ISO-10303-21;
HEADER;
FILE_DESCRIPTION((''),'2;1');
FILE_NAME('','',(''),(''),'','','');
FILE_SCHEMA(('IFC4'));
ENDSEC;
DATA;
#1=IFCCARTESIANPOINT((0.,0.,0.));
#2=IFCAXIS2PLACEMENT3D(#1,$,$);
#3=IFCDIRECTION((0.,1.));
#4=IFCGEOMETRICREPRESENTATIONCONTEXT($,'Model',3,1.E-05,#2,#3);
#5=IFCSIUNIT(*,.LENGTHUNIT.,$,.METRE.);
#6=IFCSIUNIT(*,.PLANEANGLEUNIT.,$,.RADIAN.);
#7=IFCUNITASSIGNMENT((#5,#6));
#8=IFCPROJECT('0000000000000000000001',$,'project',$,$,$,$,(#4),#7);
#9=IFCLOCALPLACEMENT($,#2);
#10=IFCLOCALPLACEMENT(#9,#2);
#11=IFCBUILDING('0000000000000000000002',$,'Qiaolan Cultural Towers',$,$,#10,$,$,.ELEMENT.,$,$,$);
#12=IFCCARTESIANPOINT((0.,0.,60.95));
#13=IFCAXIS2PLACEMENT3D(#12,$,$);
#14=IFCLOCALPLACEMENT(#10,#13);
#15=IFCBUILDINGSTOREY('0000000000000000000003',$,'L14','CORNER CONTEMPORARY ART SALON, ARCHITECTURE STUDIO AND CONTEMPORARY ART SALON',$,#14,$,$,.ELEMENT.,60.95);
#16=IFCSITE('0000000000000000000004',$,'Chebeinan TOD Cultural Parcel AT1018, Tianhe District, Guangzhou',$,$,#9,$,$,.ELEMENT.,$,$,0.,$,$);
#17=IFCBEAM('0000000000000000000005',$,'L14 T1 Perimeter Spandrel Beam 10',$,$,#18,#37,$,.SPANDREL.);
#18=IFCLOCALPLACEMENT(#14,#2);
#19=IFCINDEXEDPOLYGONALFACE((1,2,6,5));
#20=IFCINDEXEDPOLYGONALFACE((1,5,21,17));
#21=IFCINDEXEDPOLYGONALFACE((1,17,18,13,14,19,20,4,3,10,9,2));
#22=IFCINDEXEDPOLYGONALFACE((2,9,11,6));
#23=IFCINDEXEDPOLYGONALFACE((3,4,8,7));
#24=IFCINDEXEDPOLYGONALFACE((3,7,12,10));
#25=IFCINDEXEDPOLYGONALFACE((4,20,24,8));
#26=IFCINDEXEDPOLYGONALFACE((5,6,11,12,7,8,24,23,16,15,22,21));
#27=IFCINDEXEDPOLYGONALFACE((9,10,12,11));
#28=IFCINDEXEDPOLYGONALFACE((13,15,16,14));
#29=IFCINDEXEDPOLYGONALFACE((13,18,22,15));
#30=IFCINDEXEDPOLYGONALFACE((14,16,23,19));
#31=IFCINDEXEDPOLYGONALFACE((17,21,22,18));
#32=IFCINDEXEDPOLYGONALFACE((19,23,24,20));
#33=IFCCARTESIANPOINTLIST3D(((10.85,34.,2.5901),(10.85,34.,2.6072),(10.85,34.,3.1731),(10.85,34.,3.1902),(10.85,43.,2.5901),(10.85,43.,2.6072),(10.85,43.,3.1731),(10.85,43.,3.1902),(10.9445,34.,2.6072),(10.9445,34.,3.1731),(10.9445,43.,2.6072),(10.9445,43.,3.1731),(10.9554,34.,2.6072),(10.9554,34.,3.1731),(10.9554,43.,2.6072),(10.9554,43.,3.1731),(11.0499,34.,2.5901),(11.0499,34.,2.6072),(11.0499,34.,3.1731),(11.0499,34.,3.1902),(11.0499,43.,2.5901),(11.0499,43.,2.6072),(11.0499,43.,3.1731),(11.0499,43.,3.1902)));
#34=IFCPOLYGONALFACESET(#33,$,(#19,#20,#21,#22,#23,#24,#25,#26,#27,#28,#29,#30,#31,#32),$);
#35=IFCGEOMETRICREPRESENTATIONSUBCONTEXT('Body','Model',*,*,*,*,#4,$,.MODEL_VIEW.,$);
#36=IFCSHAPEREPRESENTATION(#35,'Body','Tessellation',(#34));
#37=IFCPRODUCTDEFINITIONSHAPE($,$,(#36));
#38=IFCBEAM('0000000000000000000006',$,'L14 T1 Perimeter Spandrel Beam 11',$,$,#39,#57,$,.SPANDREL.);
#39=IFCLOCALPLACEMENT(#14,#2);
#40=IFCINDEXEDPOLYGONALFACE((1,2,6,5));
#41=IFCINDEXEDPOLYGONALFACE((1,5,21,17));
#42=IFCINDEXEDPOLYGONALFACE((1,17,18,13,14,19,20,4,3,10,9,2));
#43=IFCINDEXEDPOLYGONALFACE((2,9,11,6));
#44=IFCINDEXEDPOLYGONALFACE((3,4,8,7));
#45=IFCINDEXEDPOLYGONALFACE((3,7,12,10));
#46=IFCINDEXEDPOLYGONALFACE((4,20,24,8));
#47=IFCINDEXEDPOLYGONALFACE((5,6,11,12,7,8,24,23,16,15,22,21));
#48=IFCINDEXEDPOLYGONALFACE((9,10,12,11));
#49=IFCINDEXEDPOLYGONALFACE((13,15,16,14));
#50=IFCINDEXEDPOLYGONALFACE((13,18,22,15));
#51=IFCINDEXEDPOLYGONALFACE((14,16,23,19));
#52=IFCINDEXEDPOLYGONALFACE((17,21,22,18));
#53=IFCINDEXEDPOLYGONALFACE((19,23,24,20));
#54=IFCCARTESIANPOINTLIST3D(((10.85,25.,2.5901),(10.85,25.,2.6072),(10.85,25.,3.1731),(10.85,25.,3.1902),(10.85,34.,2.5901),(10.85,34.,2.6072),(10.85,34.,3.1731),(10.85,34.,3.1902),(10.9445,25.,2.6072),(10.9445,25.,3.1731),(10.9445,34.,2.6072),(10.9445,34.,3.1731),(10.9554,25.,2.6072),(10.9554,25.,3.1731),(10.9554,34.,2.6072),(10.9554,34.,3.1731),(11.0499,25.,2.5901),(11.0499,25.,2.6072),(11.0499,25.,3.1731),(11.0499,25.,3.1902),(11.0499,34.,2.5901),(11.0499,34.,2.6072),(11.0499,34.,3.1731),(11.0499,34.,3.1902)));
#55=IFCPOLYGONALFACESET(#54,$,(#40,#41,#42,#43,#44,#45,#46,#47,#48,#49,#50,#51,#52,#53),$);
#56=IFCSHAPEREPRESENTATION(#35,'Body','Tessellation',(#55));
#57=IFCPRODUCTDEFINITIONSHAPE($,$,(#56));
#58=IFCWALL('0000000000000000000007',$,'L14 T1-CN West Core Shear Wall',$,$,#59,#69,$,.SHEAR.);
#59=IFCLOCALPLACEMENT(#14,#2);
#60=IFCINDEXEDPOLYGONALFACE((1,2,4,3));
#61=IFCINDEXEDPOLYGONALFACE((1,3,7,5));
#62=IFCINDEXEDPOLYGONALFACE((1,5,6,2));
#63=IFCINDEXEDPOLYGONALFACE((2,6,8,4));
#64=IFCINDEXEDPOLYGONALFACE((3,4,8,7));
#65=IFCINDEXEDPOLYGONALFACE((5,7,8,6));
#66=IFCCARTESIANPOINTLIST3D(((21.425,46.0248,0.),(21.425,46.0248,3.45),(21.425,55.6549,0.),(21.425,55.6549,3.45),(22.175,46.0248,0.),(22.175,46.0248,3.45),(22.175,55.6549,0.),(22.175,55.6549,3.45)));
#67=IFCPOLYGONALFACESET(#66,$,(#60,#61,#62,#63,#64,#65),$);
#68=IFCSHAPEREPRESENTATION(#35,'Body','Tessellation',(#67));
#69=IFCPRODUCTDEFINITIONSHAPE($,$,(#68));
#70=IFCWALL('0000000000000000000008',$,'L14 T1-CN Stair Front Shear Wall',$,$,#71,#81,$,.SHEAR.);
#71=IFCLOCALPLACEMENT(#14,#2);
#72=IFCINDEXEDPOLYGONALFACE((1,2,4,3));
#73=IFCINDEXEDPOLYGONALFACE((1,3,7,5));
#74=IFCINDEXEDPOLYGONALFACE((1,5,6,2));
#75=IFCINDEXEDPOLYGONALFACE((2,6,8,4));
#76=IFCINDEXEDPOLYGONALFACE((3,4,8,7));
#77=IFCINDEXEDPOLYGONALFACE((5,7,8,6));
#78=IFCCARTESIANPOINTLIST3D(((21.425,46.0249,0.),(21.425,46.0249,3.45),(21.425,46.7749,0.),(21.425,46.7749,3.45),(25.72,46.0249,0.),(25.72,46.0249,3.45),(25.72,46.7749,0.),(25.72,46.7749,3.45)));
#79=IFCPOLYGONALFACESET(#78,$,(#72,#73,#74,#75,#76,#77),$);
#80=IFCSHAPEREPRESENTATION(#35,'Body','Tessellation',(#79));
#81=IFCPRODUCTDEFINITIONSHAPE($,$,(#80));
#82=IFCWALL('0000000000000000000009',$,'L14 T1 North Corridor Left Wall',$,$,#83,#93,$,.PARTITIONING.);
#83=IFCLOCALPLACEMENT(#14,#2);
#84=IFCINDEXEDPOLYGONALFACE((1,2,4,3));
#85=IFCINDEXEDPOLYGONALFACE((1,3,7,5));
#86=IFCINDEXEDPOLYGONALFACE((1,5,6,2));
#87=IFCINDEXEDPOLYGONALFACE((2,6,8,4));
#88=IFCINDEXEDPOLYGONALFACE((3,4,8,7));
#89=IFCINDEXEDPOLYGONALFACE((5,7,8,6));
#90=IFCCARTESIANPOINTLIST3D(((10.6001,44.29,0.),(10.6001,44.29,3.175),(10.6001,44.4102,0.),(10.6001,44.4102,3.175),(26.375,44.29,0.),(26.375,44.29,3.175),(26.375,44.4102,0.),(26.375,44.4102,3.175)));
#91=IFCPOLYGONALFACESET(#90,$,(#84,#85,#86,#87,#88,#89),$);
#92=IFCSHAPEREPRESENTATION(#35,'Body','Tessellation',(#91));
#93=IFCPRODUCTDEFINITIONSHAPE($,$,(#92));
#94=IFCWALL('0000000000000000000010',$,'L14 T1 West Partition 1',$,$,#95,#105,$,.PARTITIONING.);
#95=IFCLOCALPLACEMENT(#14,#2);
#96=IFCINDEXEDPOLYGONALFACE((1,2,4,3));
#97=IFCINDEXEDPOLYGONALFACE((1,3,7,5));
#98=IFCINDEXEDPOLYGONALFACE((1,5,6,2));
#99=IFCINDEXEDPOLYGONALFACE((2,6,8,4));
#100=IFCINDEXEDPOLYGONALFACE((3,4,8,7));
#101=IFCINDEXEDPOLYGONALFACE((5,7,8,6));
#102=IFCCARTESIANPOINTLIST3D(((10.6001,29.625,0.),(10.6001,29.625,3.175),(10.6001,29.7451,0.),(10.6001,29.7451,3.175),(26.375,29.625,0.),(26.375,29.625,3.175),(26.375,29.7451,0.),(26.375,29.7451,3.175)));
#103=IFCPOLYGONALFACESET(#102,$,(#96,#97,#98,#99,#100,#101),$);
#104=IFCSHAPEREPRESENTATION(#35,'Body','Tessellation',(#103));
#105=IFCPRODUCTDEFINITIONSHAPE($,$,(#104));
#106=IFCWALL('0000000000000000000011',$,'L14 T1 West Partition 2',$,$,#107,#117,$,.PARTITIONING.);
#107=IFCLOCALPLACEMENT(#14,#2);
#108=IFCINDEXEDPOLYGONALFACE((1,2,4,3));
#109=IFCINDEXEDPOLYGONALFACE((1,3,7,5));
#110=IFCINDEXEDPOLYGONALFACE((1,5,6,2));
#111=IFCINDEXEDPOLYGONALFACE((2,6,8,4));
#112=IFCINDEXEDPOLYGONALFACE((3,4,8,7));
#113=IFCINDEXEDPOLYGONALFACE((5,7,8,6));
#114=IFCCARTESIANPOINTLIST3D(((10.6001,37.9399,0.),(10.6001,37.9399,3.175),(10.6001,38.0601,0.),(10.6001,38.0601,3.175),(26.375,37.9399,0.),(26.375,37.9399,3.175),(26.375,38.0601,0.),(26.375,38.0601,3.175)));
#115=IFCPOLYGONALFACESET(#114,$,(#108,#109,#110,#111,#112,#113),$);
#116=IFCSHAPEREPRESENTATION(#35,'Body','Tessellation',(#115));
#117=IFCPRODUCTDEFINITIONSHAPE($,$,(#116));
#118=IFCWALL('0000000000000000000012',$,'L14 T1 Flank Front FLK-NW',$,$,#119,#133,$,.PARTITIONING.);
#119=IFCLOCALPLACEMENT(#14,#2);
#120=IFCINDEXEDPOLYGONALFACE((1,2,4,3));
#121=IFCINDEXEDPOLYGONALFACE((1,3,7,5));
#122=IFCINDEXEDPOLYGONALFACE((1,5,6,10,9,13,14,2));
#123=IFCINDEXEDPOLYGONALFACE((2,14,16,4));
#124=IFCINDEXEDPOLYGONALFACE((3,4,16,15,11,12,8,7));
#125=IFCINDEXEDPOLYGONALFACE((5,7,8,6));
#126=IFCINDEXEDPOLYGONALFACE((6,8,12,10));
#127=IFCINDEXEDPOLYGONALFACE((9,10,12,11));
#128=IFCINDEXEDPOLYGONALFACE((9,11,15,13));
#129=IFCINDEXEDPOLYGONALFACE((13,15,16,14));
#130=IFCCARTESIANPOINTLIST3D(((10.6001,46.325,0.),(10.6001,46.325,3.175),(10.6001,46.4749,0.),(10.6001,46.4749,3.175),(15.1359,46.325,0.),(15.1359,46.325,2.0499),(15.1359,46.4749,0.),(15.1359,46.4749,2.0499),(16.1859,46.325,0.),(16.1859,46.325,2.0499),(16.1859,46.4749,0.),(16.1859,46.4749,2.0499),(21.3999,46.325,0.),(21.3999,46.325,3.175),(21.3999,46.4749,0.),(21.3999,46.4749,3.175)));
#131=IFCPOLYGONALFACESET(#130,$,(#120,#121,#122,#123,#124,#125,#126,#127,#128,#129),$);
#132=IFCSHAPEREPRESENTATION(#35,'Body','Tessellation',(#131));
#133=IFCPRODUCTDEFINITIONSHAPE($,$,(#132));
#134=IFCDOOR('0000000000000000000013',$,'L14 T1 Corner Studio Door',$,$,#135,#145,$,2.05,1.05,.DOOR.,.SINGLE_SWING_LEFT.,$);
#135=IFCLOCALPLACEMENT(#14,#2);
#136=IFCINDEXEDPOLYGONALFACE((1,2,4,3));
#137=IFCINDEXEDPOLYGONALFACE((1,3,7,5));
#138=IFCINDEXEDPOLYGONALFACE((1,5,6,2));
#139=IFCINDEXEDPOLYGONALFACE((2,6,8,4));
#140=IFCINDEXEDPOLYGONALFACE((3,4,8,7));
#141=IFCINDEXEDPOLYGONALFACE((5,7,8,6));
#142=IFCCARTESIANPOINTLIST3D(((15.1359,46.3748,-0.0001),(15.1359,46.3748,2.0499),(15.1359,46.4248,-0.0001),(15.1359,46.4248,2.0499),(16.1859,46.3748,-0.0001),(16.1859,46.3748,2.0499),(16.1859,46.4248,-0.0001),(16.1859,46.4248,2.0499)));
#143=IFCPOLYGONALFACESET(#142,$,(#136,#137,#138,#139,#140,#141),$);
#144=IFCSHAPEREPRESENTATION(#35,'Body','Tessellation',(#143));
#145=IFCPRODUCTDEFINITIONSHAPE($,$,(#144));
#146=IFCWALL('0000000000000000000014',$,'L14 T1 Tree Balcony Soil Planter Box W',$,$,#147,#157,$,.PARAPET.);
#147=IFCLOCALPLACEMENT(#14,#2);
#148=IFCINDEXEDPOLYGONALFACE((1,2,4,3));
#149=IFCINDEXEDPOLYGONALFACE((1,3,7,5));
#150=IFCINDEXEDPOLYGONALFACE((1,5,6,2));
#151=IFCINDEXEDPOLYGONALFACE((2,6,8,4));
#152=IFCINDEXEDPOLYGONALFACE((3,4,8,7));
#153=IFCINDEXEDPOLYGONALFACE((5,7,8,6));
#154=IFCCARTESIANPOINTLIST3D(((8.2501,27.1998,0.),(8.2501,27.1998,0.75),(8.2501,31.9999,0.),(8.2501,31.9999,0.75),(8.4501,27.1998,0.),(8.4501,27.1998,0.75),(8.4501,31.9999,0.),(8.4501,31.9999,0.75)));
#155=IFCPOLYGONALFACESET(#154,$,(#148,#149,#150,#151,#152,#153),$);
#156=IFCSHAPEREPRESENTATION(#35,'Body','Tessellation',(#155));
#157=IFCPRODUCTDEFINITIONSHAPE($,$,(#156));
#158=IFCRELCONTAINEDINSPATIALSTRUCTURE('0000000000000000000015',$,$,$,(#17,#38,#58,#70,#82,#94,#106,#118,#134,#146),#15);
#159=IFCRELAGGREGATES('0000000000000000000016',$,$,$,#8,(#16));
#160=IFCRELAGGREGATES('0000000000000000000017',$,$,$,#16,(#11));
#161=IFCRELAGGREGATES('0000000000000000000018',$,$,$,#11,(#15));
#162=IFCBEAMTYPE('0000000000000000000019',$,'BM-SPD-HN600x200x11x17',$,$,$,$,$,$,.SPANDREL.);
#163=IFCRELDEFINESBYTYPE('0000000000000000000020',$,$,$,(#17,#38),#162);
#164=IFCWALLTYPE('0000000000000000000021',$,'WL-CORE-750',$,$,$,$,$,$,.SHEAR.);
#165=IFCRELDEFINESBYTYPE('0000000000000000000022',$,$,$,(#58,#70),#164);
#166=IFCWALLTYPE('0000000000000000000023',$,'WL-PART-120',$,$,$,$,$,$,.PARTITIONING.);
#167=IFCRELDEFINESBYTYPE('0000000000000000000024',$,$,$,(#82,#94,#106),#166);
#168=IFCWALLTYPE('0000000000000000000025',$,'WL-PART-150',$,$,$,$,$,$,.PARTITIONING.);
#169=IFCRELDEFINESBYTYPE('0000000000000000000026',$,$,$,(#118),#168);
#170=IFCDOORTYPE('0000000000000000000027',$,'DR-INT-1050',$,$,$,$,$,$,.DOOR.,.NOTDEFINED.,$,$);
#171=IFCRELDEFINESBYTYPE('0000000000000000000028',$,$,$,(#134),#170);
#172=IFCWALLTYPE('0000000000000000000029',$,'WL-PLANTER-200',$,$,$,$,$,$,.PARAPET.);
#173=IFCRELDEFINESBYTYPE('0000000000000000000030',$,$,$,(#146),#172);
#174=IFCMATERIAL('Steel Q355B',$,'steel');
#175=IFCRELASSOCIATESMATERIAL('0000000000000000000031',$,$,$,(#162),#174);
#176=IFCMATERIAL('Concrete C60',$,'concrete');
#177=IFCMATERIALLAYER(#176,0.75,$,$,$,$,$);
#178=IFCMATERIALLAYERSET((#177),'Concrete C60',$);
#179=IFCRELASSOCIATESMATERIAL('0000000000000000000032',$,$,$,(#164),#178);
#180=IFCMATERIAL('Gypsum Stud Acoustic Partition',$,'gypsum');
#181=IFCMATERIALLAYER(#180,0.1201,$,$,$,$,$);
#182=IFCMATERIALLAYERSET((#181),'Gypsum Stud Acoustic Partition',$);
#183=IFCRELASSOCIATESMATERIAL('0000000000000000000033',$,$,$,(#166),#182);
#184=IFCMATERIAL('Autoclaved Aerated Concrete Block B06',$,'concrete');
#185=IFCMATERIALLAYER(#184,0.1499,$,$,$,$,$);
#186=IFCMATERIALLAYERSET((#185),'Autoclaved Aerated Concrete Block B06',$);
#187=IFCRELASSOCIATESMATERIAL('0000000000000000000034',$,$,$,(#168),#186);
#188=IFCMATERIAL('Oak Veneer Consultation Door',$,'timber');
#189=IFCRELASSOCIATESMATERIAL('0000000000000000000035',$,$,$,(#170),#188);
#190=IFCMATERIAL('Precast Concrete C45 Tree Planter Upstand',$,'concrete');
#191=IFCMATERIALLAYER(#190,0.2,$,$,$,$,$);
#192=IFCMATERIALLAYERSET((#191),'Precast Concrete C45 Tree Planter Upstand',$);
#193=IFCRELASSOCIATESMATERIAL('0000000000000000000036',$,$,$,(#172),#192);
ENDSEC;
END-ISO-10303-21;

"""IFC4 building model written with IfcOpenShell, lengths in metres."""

from ifc_helpers import new_model, si_unit, direction, frame, frame_2d, origin, origin_2d, place, context, subcontext, project, spatial, rectangle, i_section, extrude, material, layer, layer_set, material_profile, profile_set, type_object, element, fill, save


model = new_model("IFC4")

# Units and contexts
model_context = context("Model", 3, precision=1e-05, world=origin(), true_north=direction((0.0, 1.0)))
body_context = subcontext(model_context, "Body", "Model", "MODEL_VIEW")
ifc_project = project(units=[si_unit("LENGTHUNIT", "METRE"), si_unit("PLANEANGLEUNIT", "RADIAN")], contexts=[model_context])

# Site, building, storey
site_placement = place(None, origin())
site = spatial("IfcSite", under=ifc_project, at=site_placement, Name="Chebeinan TOD Cultural Parcel AT1018, Tianhe District, Guangzhou", CompositionType="ELEMENT", RefElevation=0.0)
building_placement = place(site_placement, origin())
building = spatial("IfcBuilding", under=site, at=building_placement, Name="Qiaolan Cultural Towers", CompositionType="ELEMENT")
storey_placement = place(building_placement, frame((0.0, 0.0, 60.95)))
storey = spatial("IfcBuildingStorey", under=building, at=storey_placement, Name="L14", Description="CORNER CONTEMPORARY ART SALON, ARCHITECTURE STUDIO AND CONTEMPORARY ART SALON", CompositionType="ELEMENT", Elevation=60.95)

# Beams
ifc_material_1 = material(Name="Steel Q355B", Category="steel")
ifc_material_profile_1 = material_profile(ifc_material_1, i_section(OverallWidth=0.2, OverallDepth=0.6001, WebThickness=0.011, FlangeThickness=0.0171, at=origin_2d()), Name="HN600x200x11x17")
ifc_profile_set_1 = profile_set([ifc_material_profile_1], Name="Steel Q355B")
beam_type_1 = type_object("IfcBeamType", Name="BM-SPD-HN600x200x11x17", PredefinedType="SPANDREL", material=ifc_profile_set_1)
for number, where, z_axis, x_axis, name in (
    (1, (10.95, 43.0, 2.8901), (0.0, -1.0, 0.0), (1.0, 0.0, 0.0), "L14 T1 Perimeter Spandrel Beam 10"),
    (2, (10.95, 34.0, 2.8901), (0.0, -1.0, 0.0), (1.0, 0.0, 0.0), "L14 T1 Perimeter Spandrel Beam 11"),
):
    element("IfcBeam", number, at=place(storey_placement, frame(where, z_axis=z_axis, x_axis=x_axis)), inside=storey, type_object=beam_type_1, Name=name, PredefinedType="SPANDREL", context=body_context, shape_type="SweptSolid", body=[
        extrude(i_section(OverallWidth=0.2, OverallDepth=0.6001, WebThickness=0.011, FlangeThickness=0.0171, at=origin_2d()), origin(), (0.0, 0.0, 1.0), 9.0),
    ])

# Walls
ifc_material_2 = material(Name="Concrete C60", Category="concrete")
ifc_layer_1 = layer(ifc_material_2, 0.75)
ifc_layer_set_1 = layer_set([ifc_layer_1], Name="Concrete C60")
wall_type_1 = type_object("IfcWallType", Name="WL-CORE-750", PredefinedType="SHEAR", material=ifc_layer_set_1)
wall_1_placement = place(storey_placement, frame((21.8, 46.0249, 0.0), z_axis=(0.0, 0.0, 1.0), x_axis=(0.0, 1.0, 0.0)))
element("IfcWall", 3, at=wall_1_placement, inside=storey, type_object=wall_type_1, Name="L14 T1-CN West Core Shear Wall", PredefinedType="SHEAR", context=body_context, shape_type="SweptSolid", body=[
    extrude(rectangle(XDim=9.6301, YDim=0.75, at=frame_2d((4.8149, 0.0))), origin(), (0.0, 0.0, 1.0), 3.45),
])
wall_2_placement = place(storey_placement, frame((21.425, 46.3999, 0.0), z_axis=(0.0, 0.0, 1.0), x_axis=(1.0, 0.0, 0.0)))
element("IfcWall", 4, at=wall_2_placement, inside=storey, type_object=wall_type_1, Name="L14 T1-CN Stair Front Shear Wall", PredefinedType="SHEAR", context=body_context, shape_type="SweptSolid", body=[
    extrude(rectangle(XDim=4.2949, YDim=0.75, at=frame_2d((2.1475, 0.0))), origin(), (0.0, 0.0, 1.0), 3.45),
])
ifc_material_3 = material(Name="Gypsum Stud Acoustic Partition", Category="gypsum")
ifc_layer_2 = layer(ifc_material_3, 0.1201)
ifc_layer_set_2 = layer_set([ifc_layer_2], Name="Gypsum Stud Acoustic Partition")
wall_type_2 = type_object("IfcWallType", Name="WL-PART-120", PredefinedType="PARTITIONING", material=ifc_layer_set_2)
for number, where, z_axis, x_axis, name in (
    (5, (10.6001, 44.3501, 0.0), (0.0, 0.0, 1.0), (1.0, 0.0, 0.0), "L14 T1 North Corridor Left Wall"),
    (6, (10.6001, 29.6851, 0.0), (0.0, 0.0, 1.0), (1.0, 0.0, 0.0), "L14 T1 West Partition 1"),
    (7, (10.6001, 38.0, 0.0), (0.0, 0.0, 1.0), (1.0, 0.0, 0.0), "L14 T1 West Partition 2"),
):
    element("IfcWall", number, at=place(storey_placement, frame(where, z_axis=z_axis, x_axis=x_axis)), inside=storey, type_object=wall_type_2, Name=name, PredefinedType="PARTITIONING", context=body_context, shape_type="SweptSolid", body=[
        extrude(rectangle(XDim=15.7749, YDim=0.1201, at=frame_2d((7.8875, 0.0))), origin(), (0.0, 0.0, 1.0), 3.175),
    ])

# Wall, opening, door
ifc_material_4 = material(Name="Autoclaved Aerated Concrete Block B06", Category="concrete")
ifc_layer_3 = layer(ifc_material_4, 0.1499)
ifc_layer_set_3 = layer_set([ifc_layer_3], Name="Autoclaved Aerated Concrete Block B06")
wall_type_3 = type_object("IfcWallType", Name="WL-PART-150", PredefinedType="PARTITIONING", material=ifc_layer_set_3)
wall_3_placement = place(storey_placement, frame((10.6001, 46.3999, 0.0), z_axis=(0.0, 0.0, 1.0), x_axis=(1.0, 0.0, 0.0)))
wall_3 = element("IfcWall", 8, at=wall_3_placement, inside=storey, type_object=wall_type_3, Name="L14 T1 Flank Front FLK-NW", PredefinedType="PARTITIONING", context=body_context, shape_type="SweptSolid", body=[
    extrude(rectangle(XDim=10.7998, YDim=0.1499, at=frame_2d((5.3999, 0.0))), origin(), (0.0, 0.0, 1.0), 3.175),
])
opening_placement = place(wall_3_placement, frame((4.5359, 0.0, 0.0)))
opening = element("IfcOpeningElement", 9, at=opening_placement, cuts=wall_3, PredefinedType="OPENING", context=body_context, shape_type="SweptSolid", body=[
    extrude(rectangle(XDim=1.05, YDim=2.05, at=frame_2d((0.5249, 1.0249))), frame((0.0, 0.085, 0.0), z_axis=(0.0, -1.0, 0.0), x_axis=(1.0, 0.0, 0.0)), (0.0, 0.0, 1.0), 0.1699),
])
ifc_material_5 = material(Name="Oak Veneer Consultation Door", Category="timber")
door_type = type_object("IfcDoorType", Name="DR-INT-1050", OperationType="NOTDEFINED", PredefinedType="DOOR", material=ifc_material_5)
door_placement = place(opening_placement, origin())
door = element("IfcDoor", 10, at=door_placement, inside=storey, type_object=door_type, Name="L14 T1 Corner Studio Door", OperationType="SINGLE_SWING_LEFT", OverallHeight=2.05, OverallWidth=1.05, PredefinedType="DOOR", context=body_context, shape_type="SweptSolid", body=[
    extrude(rectangle(XDim=1.05, YDim=2.05, at=frame_2d((0.5249, 1.0249))), frame((0.0, 0.0249, 0.0), z_axis=(0.0, -1.0, 0.0), x_axis=(1.0, 0.0, 0.0)), (0.0, 0.0, 1.0), 0.05),
])
fill(opening, door)

# Wall
ifc_material_6 = material(Name="Precast Concrete C45 Tree Planter Upstand", Category="concrete")
ifc_layer_4 = layer(ifc_material_6, 0.2)
ifc_layer_set_4 = layer_set([ifc_layer_4], Name="Precast Concrete C45 Tree Planter Upstand")
wall_type_4 = type_object("IfcWallType", Name="WL-PLANTER-200", PredefinedType="PARAPET", material=ifc_layer_set_4)
wall_4_placement = place(storey_placement, frame((8.3501, 27.2, 0.0), z_axis=(0.0, 0.0, 1.0), x_axis=(0.0, 1.0, 0.0)))
element("IfcWall", 11, at=wall_4_placement, inside=storey, type_object=wall_type_4, Name="L14 T1 Tree Balcony Soil Planter Box W", PredefinedType="PARAPET", context=body_context, shape_type="SweptSolid", body=[
    extrude(rectangle(XDim=4.8, YDim=0.2, at=frame_2d((2.3999, 0.0))), origin(), (0.0, 0.0, 1.0), 0.75),
])

save(model, "model.ifc")
